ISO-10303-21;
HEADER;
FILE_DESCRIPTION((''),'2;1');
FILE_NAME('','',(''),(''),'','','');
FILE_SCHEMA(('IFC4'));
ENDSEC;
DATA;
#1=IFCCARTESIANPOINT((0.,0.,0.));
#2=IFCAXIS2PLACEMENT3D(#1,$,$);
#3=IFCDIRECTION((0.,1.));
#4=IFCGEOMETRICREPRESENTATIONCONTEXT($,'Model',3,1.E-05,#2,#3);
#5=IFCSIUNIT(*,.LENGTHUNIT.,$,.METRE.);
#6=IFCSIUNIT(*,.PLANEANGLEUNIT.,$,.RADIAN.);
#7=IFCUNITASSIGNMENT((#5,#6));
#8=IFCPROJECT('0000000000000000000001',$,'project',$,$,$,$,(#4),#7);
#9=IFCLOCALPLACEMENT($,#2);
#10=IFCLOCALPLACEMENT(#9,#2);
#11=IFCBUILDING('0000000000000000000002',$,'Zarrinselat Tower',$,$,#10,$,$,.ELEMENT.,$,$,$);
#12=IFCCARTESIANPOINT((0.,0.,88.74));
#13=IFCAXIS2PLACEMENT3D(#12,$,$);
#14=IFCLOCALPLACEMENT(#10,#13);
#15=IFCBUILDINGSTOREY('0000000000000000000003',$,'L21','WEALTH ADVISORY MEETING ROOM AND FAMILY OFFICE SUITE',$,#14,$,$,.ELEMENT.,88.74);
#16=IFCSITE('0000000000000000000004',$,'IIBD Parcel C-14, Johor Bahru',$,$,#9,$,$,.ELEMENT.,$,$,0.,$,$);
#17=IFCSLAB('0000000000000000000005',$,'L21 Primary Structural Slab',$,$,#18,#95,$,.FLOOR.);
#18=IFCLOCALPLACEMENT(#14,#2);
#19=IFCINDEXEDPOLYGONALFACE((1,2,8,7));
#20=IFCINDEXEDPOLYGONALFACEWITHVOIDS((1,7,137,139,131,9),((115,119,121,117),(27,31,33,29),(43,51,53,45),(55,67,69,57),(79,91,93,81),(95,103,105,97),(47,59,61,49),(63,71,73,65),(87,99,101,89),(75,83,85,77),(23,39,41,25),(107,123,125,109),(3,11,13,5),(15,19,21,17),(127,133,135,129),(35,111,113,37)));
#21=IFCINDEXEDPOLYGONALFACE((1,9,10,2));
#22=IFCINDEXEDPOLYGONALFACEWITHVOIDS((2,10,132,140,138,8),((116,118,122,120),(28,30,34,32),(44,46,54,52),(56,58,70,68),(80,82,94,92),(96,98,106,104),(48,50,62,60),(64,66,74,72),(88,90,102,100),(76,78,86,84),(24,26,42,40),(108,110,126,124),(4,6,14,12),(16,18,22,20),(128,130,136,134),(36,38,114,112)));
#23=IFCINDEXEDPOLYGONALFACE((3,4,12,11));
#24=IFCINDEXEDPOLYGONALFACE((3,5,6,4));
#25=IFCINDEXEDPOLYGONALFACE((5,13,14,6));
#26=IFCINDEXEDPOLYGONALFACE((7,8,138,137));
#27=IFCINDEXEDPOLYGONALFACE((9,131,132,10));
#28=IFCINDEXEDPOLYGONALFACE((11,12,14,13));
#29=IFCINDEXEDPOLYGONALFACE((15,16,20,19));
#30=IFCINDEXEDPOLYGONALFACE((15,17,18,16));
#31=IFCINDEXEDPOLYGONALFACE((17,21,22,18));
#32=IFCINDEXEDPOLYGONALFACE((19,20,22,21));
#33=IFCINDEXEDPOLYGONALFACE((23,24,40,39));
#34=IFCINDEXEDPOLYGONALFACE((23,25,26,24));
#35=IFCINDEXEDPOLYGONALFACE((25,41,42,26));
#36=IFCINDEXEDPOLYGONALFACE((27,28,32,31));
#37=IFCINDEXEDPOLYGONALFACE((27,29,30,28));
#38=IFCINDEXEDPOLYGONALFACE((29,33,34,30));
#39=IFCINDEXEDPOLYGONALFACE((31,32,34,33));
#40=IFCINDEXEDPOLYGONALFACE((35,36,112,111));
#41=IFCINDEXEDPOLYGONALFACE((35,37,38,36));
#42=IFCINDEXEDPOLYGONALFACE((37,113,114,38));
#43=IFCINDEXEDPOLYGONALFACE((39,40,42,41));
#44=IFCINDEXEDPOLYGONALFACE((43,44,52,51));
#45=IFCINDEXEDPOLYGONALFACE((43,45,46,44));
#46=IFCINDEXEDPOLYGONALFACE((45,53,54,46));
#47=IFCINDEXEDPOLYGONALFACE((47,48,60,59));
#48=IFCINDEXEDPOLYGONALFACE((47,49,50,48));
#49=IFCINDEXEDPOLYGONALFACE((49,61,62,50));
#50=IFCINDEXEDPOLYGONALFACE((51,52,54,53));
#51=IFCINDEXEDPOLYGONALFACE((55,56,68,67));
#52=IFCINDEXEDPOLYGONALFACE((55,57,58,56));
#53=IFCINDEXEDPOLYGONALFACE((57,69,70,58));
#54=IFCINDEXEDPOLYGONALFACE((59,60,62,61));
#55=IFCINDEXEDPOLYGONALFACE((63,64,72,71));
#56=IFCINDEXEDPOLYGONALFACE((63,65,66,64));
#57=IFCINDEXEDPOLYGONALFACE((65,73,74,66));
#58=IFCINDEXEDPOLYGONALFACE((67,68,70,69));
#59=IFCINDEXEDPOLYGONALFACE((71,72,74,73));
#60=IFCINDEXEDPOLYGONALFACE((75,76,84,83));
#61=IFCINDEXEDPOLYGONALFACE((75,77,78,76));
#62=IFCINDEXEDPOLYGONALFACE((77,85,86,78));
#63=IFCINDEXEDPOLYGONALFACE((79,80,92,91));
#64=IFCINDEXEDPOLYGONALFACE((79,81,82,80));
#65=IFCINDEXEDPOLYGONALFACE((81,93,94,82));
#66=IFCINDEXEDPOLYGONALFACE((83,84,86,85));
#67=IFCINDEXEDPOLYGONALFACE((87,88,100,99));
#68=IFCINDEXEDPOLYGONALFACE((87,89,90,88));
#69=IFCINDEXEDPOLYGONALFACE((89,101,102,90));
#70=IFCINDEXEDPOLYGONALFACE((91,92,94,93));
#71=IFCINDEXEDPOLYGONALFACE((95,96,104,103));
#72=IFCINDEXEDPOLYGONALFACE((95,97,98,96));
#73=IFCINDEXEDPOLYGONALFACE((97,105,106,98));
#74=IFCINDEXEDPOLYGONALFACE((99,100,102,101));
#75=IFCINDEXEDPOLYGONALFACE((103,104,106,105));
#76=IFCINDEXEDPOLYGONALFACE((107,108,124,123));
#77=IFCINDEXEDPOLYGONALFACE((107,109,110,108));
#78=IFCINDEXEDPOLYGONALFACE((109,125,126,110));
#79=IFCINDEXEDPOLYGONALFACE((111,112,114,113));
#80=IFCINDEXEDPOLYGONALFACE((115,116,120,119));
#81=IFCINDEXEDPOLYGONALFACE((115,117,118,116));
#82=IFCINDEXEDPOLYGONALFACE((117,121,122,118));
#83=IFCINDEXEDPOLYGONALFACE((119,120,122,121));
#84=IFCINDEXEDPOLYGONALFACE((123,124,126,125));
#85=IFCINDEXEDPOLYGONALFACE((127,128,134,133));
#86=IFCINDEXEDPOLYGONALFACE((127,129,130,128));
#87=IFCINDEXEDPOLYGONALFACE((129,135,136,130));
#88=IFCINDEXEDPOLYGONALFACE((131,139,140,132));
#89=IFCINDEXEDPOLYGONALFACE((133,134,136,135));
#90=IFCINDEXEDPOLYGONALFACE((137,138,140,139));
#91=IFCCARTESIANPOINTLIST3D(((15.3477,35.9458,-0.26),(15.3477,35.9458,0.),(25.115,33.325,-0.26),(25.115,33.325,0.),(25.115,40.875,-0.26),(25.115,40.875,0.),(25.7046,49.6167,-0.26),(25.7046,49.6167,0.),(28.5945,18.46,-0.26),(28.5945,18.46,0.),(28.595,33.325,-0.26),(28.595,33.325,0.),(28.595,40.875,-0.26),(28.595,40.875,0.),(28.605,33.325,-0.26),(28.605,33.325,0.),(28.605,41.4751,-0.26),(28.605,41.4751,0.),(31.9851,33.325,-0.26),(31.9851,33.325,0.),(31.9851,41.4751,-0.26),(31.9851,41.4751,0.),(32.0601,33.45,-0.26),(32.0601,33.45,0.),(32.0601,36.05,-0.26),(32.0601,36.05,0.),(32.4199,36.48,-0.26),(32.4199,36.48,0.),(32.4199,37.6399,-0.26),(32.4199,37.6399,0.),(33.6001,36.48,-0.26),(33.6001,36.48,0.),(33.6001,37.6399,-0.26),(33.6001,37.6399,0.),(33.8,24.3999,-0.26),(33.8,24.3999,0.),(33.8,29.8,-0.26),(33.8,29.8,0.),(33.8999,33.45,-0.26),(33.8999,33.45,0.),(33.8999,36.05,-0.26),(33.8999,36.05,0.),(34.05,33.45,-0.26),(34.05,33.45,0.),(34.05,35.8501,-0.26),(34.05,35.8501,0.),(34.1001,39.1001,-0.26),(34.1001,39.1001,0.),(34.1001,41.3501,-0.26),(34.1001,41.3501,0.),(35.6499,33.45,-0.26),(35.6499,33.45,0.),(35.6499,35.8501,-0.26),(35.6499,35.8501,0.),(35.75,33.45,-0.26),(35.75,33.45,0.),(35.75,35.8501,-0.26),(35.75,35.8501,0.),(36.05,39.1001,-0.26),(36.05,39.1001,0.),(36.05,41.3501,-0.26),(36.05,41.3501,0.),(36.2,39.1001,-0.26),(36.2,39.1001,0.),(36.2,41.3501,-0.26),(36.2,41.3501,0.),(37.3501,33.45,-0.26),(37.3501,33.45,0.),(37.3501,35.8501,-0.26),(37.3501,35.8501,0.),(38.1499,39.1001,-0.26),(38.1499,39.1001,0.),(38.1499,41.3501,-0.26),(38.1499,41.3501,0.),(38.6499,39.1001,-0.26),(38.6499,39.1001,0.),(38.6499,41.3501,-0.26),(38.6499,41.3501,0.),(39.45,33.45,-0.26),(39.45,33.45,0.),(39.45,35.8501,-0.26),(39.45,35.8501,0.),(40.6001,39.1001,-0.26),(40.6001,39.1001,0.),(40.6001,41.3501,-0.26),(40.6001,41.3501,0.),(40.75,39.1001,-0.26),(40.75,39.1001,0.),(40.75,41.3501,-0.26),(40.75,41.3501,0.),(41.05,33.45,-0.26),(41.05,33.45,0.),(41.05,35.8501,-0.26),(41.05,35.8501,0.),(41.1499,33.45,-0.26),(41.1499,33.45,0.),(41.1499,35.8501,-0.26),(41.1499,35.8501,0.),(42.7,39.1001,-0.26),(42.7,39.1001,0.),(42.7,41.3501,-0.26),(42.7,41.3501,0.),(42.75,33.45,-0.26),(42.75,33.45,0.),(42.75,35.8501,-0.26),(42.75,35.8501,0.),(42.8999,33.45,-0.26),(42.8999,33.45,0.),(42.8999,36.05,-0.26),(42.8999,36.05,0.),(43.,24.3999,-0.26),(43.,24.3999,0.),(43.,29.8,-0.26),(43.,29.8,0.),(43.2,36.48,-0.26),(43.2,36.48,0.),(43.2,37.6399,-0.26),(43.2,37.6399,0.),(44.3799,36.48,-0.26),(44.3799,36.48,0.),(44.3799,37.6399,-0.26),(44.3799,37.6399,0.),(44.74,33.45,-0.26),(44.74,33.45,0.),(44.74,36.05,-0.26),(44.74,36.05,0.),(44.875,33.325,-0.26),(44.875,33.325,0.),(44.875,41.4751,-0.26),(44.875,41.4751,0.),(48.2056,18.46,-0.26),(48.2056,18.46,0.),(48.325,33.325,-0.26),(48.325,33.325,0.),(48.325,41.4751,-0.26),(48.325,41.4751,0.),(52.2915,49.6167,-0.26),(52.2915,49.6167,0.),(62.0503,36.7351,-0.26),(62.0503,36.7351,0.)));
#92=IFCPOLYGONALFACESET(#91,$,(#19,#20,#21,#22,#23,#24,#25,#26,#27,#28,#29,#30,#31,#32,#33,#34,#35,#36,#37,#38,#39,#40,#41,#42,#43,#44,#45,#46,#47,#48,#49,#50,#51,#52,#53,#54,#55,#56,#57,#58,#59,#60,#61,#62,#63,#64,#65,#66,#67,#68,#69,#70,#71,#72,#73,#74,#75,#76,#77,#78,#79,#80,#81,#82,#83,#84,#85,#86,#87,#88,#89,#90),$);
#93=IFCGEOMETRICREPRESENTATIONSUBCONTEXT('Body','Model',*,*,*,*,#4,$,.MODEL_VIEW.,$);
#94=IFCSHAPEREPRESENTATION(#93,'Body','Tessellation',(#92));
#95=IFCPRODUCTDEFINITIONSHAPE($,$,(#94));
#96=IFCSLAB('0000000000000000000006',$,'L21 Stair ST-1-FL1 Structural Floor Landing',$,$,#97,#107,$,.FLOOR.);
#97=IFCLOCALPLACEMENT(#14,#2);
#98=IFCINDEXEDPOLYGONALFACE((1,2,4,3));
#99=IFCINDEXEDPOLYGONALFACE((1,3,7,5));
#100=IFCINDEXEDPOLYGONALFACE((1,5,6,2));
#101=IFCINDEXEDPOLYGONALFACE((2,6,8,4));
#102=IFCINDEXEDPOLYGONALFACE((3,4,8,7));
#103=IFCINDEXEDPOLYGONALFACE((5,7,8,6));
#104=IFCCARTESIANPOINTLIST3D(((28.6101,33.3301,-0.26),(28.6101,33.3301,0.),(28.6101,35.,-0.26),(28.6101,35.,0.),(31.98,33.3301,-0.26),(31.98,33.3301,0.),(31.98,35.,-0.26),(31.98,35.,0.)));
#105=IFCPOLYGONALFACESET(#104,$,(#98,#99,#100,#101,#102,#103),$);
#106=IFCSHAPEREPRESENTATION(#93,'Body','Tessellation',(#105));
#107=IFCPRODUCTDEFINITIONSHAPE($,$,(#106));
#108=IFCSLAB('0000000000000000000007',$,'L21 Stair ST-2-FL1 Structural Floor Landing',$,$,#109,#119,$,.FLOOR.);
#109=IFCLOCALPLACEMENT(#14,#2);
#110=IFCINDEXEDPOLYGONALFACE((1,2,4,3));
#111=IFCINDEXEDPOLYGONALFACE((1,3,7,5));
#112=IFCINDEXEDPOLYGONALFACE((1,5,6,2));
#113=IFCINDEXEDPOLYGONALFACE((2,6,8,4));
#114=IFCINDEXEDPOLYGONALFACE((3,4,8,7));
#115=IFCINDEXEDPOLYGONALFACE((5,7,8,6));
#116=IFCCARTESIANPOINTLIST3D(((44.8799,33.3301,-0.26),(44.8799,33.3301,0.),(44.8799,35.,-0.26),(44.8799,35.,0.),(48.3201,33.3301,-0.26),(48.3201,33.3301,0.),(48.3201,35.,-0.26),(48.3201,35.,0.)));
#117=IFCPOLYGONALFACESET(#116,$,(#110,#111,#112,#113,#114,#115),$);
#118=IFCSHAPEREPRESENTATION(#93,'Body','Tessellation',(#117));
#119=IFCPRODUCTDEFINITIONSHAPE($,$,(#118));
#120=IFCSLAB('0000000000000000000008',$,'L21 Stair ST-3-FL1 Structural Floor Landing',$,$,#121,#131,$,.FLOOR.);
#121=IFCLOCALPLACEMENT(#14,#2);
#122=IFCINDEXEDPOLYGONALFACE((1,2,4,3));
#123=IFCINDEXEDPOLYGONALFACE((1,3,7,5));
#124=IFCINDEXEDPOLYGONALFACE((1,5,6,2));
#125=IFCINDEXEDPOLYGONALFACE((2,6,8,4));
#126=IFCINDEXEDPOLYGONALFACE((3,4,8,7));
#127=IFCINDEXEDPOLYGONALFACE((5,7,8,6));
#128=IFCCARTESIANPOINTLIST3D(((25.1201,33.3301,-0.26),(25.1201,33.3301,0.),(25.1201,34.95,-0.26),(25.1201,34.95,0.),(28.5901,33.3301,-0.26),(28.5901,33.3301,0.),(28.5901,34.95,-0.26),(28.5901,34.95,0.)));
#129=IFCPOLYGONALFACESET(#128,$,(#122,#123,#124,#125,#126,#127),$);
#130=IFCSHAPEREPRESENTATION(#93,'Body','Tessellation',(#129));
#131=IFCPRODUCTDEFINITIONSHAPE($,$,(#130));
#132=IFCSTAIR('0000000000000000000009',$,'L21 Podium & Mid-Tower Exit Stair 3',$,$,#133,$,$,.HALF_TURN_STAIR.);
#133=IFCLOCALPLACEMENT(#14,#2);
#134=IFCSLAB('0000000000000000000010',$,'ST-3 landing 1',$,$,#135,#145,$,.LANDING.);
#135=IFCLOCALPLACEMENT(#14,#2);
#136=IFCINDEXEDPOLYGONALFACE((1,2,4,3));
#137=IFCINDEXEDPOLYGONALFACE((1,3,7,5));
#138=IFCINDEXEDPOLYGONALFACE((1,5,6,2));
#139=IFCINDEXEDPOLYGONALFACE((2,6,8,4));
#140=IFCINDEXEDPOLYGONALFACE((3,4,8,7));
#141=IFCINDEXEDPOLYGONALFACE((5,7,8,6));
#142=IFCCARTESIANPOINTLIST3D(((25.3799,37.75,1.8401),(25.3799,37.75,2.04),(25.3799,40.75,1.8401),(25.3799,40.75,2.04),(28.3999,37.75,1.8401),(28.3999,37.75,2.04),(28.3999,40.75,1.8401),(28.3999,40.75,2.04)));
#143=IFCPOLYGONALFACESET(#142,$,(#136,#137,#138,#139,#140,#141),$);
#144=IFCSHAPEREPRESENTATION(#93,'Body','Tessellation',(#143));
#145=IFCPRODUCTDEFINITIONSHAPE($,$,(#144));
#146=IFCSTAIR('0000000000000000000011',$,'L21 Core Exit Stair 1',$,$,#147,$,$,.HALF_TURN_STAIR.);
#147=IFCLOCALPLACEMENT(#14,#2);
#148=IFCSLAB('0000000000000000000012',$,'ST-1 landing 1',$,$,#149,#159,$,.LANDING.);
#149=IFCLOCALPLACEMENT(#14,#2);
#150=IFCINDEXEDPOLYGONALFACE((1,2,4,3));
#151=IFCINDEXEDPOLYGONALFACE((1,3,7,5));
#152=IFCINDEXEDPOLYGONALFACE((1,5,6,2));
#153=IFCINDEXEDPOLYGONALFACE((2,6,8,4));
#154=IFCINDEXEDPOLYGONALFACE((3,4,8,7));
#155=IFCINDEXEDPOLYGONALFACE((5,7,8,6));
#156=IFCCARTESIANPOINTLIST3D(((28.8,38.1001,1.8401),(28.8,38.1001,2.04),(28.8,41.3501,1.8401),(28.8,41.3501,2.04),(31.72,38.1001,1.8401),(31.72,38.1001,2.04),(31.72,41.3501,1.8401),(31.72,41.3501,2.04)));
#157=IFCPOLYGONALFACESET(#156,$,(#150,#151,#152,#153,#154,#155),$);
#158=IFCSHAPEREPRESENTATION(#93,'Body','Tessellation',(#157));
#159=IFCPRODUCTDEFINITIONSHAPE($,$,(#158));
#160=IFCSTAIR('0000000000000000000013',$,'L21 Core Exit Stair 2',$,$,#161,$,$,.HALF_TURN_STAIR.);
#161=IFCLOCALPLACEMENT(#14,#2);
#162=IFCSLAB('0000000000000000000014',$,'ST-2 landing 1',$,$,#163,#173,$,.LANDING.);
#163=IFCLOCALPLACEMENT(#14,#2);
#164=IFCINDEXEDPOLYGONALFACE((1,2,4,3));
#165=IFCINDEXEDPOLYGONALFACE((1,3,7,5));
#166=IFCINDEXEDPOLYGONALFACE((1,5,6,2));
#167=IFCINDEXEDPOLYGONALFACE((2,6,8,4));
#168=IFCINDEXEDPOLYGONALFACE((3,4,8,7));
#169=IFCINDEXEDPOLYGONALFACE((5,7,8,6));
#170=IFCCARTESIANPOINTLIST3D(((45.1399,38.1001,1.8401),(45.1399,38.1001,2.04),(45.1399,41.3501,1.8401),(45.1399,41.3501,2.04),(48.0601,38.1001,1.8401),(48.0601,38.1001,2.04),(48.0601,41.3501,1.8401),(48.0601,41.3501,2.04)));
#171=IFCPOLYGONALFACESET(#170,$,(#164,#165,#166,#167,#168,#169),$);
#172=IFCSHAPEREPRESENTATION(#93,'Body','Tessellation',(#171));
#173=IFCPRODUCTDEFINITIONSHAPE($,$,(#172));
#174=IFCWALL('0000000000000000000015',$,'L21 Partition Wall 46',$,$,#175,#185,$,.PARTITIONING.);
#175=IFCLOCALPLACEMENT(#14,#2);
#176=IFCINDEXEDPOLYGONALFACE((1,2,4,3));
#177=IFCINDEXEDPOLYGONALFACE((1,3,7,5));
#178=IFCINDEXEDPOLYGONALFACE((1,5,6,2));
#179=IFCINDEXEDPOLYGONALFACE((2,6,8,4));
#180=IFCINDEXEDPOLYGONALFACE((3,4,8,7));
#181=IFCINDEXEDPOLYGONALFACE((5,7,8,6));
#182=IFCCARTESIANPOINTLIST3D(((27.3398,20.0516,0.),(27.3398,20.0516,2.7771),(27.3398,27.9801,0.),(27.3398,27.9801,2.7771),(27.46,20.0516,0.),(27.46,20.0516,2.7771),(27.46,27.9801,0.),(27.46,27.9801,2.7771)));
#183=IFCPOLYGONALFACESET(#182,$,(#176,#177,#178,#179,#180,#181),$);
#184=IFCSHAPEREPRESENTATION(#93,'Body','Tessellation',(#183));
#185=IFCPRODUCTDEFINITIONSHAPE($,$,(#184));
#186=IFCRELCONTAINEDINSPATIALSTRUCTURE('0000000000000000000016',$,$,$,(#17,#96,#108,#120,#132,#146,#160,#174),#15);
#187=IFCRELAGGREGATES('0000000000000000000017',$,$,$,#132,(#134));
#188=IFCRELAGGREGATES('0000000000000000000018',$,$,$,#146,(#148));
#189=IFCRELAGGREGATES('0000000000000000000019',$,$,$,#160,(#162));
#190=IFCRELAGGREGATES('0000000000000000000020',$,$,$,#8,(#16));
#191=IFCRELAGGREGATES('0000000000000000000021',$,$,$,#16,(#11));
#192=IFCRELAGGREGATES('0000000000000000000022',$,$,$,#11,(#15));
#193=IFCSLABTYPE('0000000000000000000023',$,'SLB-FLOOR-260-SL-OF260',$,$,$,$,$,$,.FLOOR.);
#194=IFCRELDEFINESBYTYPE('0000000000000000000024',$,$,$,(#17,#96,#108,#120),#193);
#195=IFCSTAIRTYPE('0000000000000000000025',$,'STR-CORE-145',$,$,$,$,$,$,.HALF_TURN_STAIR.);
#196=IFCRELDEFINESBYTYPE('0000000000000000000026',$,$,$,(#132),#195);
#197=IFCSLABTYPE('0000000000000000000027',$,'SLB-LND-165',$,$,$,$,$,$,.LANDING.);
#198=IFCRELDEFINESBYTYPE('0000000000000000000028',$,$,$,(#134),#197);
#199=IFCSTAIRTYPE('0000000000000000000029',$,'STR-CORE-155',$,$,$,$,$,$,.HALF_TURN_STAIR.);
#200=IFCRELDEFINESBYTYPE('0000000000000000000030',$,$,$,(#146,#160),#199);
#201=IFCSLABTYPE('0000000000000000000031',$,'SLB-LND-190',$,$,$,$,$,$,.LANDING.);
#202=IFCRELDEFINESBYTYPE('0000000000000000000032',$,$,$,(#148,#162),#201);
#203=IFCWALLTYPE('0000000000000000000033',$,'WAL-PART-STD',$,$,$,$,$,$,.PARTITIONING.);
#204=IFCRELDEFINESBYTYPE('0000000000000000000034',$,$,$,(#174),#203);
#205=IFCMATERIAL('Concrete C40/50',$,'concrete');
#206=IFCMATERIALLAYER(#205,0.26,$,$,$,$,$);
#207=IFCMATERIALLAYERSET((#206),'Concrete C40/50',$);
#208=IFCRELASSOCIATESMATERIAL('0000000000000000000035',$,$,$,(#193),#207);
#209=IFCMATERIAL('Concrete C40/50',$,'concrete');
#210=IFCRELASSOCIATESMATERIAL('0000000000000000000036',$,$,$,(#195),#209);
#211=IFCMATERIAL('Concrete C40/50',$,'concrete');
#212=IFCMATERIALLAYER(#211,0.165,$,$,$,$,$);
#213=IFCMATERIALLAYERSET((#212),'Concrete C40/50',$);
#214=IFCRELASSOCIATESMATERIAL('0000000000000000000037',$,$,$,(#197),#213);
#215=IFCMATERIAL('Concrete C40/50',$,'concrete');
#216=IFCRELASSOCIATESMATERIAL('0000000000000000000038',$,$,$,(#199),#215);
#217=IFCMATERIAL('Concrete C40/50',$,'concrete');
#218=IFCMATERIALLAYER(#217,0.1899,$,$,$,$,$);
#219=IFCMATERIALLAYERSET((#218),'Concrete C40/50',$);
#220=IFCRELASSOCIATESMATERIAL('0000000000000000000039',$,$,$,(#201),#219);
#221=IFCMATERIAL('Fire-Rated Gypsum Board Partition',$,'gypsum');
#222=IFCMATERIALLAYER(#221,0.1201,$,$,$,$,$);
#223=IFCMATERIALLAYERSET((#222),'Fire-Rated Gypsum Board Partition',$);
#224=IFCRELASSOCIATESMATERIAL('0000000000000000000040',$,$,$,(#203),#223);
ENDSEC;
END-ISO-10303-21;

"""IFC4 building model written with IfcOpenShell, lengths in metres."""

from ifc_helpers import new_model, si_unit, direction, frame, frame_2d, origin, place, context, subcontext, project, spatial, polyline, rectangle, outline, extrude, material, layer, layer_set, type_object, element, aggregate, save


model = new_model("IFC4")

# Units and contexts
model_context = context("Model", 3, precision=1e-05, world=origin(), true_north=direction((0.0, 1.0)))
body_context = subcontext(model_context, "Body", "Model", "MODEL_VIEW")
ifc_project = project(units=[si_unit("LENGTHUNIT", "METRE"), si_unit("PLANEANGLEUNIT", "RADIAN")], contexts=[model_context])

# Site, building, storey
site_placement = place(None, origin())
site = spatial("IfcSite", under=ifc_project, at=site_placement, Name="IIBD Parcel C-14, Johor Bahru", CompositionType="ELEMENT", RefElevation=0.0)
building_placement = place(site_placement, origin())
building = spatial("IfcBuilding", under=site, at=building_placement, Name="Zarrinselat Tower", CompositionType="ELEMENT")
storey_placement = place(building_placement, frame((0.0, 0.0, 88.74)))
storey = spatial("IfcBuildingStorey", under=building, at=storey_placement, Name="L21", Description="WEALTH ADVISORY MEETING ROOM AND FAMILY OFFICE SUITE", CompositionType="ELEMENT", Elevation=88.74)

# Slabs
ifc_material_1 = material(Name="Concrete C40/50", Category="concrete")
ifc_layer_1 = layer(ifc_material_1, 0.26)
ifc_layer_set_1 = layer_set([ifc_layer_1], Name="Concrete C40/50")
slab_type_1 = type_object("IfcSlabType", Name="SLB-FLOOR-260-SL-OF260", PredefinedType="FLOOR", material=ifc_layer_set_1)
slab_1_placement = place(storey_placement, frame((0.0, 0.0, -0.26)))
element("IfcSlab", 1, at=slab_1_placement, inside=storey, type_object=slab_type_1, Name="L21 Primary Structural Slab", PredefinedType="FLOOR", context=body_context, shape_type="SweptSolid", body=[
    extrude(outline(polyline([(52.2915, 49.6167), (25.7046, 49.6167), (15.3477, 35.9458), (28.5945, 18.46), (48.2056, 18.46), (62.0503, 36.7351), (52.2915, 49.6167)]), holes=[polyline([(34.05, 33.45), (34.05, 35.8501), (35.6499, 35.8501), (35.6499, 33.45), (34.05, 33.45)]), polyline([(35.75, 33.45), (35.75, 35.8501), (37.3501, 35.8501), (37.3501, 33.45), (35.75, 33.45)]), polyline([(32.0601, 33.45), (32.0601, 36.05), (33.8999, 36.05), (33.8999, 33.45), (32.0601, 33.45)]), polyline([(32.4199, 36.48), (32.4199, 37.6399), (33.6001, 37.6399), (33.6001, 36.48), (32.4199, 36.48)]), polyline([(28.595, 33.325), (25.115, 33.325), (25.115, 40.875), (28.595, 40.875), (28.595, 33.325)]), polyline([(31.9851, 33.325), (28.605, 33.325), (28.605, 41.4751), (31.9851, 41.4751), (31.9851, 33.325)]), polyline([(34.1001, 39.1001), (34.1001, 41.3501), (36.05, 41.3501), (36.05, 39.1001), (34.1001, 39.1001)]), polyline([(36.2, 39.1001), (36.2, 41.3501), (38.1499, 41.3501), (38.1499, 39.1001), (36.2, 39.1001)]), polyline([(33.8, 24.3999), (33.8, 29.8), (43.0, 29.8), (43.0, 24.3999), (33.8, 24.3999)]), polyline([(39.45, 33.45), (39.45, 35.8501), (41.05, 35.8501), (41.05, 33.45), (39.45, 33.45)]), polyline([(41.1499, 33.45), (41.1499, 35.8501), (42.75, 35.8501), (42.75, 33.45), (41.1499, 33.45)]), polyline([(42.8999, 33.45), (42.8999, 36.05), (44.74, 36.05), (44.74, 33.45), (42.8999, 33.45)]), polyline([(43.2, 36.48), (43.2, 37.6399), (44.3799, 37.6399), (44.3799, 36.48), (43.2, 36.48)]), polyline([(48.325, 33.325), (44.875, 33.325), (44.875, 41.4751), (48.325, 41.4751), (48.325, 33.325)]), polyline([(38.6499, 39.1001), (38.6499, 41.3501), (40.6001, 41.3501), (40.6001, 39.1001), (38.6499, 39.1001)]), polyline([(40.75, 39.1001), (40.75, 41.3501), (42.7, 41.3501), (42.7, 39.1001), (40.75, 39.1001)])]), origin(), (0.0, 0.0, 1.0), 0.26),
])
slab_2_placement = place(storey_placement, frame((0.0, 0.0, -0.26)))
element("IfcSlab", 2, at=slab_2_placement, inside=storey, type_object=slab_type_1, Name="L21 Stair ST-1-FL1 Structural Floor Landing", PredefinedType="FLOOR", context=body_context, shape_type="SweptSolid", body=[
    extrude(outline(polyline([(31.98, 33.3301), (31.98, 35.0), (28.6101, 35.0), (28.6101, 33.3301), (31.98, 33.3301)])), origin(), (0.0, 0.0, 1.0), 0.26),
])
slab_3_placement = place(storey_placement, frame((0.0, 0.0, -0.26)))
element("IfcSlab", 3, at=slab_3_placement, inside=storey, type_object=slab_type_1, Name="L21 Stair ST-2-FL1 Structural Floor Landing", PredefinedType="FLOOR", context=body_context, shape_type="SweptSolid", body=[
    extrude(outline(polyline([(48.3201, 33.3301), (48.3201, 35.0), (44.8799, 35.0), (44.8799, 33.3301), (48.3201, 33.3301)])), origin(), (0.0, 0.0, 1.0), 0.26),
])
slab_4_placement = place(storey_placement, frame((0.0, 0.0, -0.26)))
element("IfcSlab", 4, at=slab_4_placement, inside=storey, type_object=slab_type_1, Name="L21 Stair ST-3-FL1 Structural Floor Landing", PredefinedType="FLOOR", context=body_context, shape_type="SweptSolid", body=[
    extrude(outline(polyline([(28.5901, 33.3301), (28.5901, 34.95), (25.1201, 34.95), (25.1201, 33.3301), (28.5901, 33.3301)])), origin(), (0.0, 0.0, 1.0), 0.26),
])

# Stairs, slabs
ifc_material_2 = material(Name="Concrete C40/50", Category="concrete")
stair_type_1 = type_object("IfcStairType", Name="STR-CORE-145", PredefinedType="HALF_TURN_STAIR", material=ifc_material_2)
stair_1_placement = place(storey_placement, origin())
stair_1 = element("IfcStair", 5, at=stair_1_placement, inside=storey, type_object=stair_type_1, Name="L21 Podium & Mid-Tower Exit Stair 3", PredefinedType="HALF_TURN_STAIR")
ifc_material_3 = material(Name="Concrete C40/50", Category="concrete")
ifc_layer_2 = layer(ifc_material_3, 0.165)
ifc_layer_set_2 = layer_set([ifc_layer_2], Name="Concrete C40/50")
slab_type_2 = type_object("IfcSlabType", Name="SLB-LND-165", PredefinedType="LANDING", material=ifc_layer_set_2)
slab_5_placement = place(storey_placement, frame((0.0, 0.0, 1.8401)))
slab_5 = element("IfcSlab", 6, at=slab_5_placement, type_object=slab_type_2, Name="ST-3 landing 1", PredefinedType="LANDING", context=body_context, shape_type="SweptSolid", body=[
    extrude(outline(polyline([(28.3999, 37.75), (28.3999, 40.75), (25.3799, 40.75), (25.3799, 37.75), (28.3999, 37.75)])), origin(), (0.0, 0.0, 1.0), 0.2),
])
aggregate(stair_1, [slab_5])
ifc_material_4 = material(Name="Concrete C40/50", Category="concrete")
stair_type_2 = type_object("IfcStairType", Name="STR-CORE-155", PredefinedType="HALF_TURN_STAIR", material=ifc_material_4)
stair_2_placement = place(storey_placement, origin())
stair_2 = element("IfcStair", 7, at=stair_2_placement, inside=storey, type_object=stair_type_2, Name="L21 Core Exit Stair 1", PredefinedType="HALF_TURN_STAIR")
ifc_material_5 = material(Name="Concrete C40/50", Category="concrete")
ifc_layer_3 = layer(ifc_material_5, 0.1899)
ifc_layer_set_3 = layer_set([ifc_layer_3], Name="Concrete C40/50")
slab_type_3 = type_object("IfcSlabType", Name="SLB-LND-190", PredefinedType="LANDING", material=ifc_layer_set_3)
slab_6_placement = place(storey_placement, frame((0.0, 0.0, 1.8401)))
slab_6 = element("IfcSlab", 8, at=slab_6_placement, type_object=slab_type_3, Name="ST-1 landing 1", PredefinedType="LANDING", context=body_context, shape_type="SweptSolid", body=[
    extrude(outline(polyline([(31.72, 38.1001), (31.72, 41.3501), (28.8, 41.3501), (28.8, 38.1001), (31.72, 38.1001)])), origin(), (0.0, 0.0, 1.0), 0.2),
])
aggregate(stair_2, [slab_6])
stair_3_placement = place(storey_placement, origin())
stair_3 = element("IfcStair", 9, at=stair_3_placement, inside=storey, type_object=stair_type_2, Name="L21 Core Exit Stair 2", PredefinedType="HALF_TURN_STAIR")
slab_7_placement = place(storey_placement, frame((0.0, 0.0, 1.8401)))
slab_7 = element("IfcSlab", 10, at=slab_7_placement, type_object=slab_type_3, Name="ST-2 landing 1", PredefinedType="LANDING", context=body_context, shape_type="SweptSolid", body=[
    extrude(outline(polyline([(48.0601, 38.1001), (48.0601, 41.3501), (45.1399, 41.3501), (45.1399, 38.1001), (48.0601, 38.1001)])), origin(), (0.0, 0.0, 1.0), 0.2),
])
aggregate(stair_3, [slab_7])

# Wall
ifc_material_6 = material(Name="Fire-Rated Gypsum Board Partition", Category="gypsum")
ifc_layer_4 = layer(ifc_material_6, 0.1201)
ifc_layer_set_4 = layer_set([ifc_layer_4], Name="Fire-Rated Gypsum Board Partition")
wall_type = type_object("IfcWallType", Name="WAL-PART-STD", PredefinedType="PARTITIONING", material=ifc_layer_set_4)
wall_placement = place(storey_placement, frame((27.3999, 20.0515, 0.0), z_axis=(0.0, 0.0, 1.0), x_axis=(0.0, 1.0, 0.0)))
element("IfcWall", 11, at=wall_placement, inside=storey, type_object=wall_type, Name="L21 Partition Wall 46", PredefinedType="PARTITIONING", context=body_context, shape_type="SweptSolid", body=[
    extrude(rectangle(XDim=7.9285, YDim=0.1201, at=frame_2d((3.9644, 0.0))), origin(), (0.0, 0.0, 1.0), 2.7771),
])

save(model, "model.ifc")
